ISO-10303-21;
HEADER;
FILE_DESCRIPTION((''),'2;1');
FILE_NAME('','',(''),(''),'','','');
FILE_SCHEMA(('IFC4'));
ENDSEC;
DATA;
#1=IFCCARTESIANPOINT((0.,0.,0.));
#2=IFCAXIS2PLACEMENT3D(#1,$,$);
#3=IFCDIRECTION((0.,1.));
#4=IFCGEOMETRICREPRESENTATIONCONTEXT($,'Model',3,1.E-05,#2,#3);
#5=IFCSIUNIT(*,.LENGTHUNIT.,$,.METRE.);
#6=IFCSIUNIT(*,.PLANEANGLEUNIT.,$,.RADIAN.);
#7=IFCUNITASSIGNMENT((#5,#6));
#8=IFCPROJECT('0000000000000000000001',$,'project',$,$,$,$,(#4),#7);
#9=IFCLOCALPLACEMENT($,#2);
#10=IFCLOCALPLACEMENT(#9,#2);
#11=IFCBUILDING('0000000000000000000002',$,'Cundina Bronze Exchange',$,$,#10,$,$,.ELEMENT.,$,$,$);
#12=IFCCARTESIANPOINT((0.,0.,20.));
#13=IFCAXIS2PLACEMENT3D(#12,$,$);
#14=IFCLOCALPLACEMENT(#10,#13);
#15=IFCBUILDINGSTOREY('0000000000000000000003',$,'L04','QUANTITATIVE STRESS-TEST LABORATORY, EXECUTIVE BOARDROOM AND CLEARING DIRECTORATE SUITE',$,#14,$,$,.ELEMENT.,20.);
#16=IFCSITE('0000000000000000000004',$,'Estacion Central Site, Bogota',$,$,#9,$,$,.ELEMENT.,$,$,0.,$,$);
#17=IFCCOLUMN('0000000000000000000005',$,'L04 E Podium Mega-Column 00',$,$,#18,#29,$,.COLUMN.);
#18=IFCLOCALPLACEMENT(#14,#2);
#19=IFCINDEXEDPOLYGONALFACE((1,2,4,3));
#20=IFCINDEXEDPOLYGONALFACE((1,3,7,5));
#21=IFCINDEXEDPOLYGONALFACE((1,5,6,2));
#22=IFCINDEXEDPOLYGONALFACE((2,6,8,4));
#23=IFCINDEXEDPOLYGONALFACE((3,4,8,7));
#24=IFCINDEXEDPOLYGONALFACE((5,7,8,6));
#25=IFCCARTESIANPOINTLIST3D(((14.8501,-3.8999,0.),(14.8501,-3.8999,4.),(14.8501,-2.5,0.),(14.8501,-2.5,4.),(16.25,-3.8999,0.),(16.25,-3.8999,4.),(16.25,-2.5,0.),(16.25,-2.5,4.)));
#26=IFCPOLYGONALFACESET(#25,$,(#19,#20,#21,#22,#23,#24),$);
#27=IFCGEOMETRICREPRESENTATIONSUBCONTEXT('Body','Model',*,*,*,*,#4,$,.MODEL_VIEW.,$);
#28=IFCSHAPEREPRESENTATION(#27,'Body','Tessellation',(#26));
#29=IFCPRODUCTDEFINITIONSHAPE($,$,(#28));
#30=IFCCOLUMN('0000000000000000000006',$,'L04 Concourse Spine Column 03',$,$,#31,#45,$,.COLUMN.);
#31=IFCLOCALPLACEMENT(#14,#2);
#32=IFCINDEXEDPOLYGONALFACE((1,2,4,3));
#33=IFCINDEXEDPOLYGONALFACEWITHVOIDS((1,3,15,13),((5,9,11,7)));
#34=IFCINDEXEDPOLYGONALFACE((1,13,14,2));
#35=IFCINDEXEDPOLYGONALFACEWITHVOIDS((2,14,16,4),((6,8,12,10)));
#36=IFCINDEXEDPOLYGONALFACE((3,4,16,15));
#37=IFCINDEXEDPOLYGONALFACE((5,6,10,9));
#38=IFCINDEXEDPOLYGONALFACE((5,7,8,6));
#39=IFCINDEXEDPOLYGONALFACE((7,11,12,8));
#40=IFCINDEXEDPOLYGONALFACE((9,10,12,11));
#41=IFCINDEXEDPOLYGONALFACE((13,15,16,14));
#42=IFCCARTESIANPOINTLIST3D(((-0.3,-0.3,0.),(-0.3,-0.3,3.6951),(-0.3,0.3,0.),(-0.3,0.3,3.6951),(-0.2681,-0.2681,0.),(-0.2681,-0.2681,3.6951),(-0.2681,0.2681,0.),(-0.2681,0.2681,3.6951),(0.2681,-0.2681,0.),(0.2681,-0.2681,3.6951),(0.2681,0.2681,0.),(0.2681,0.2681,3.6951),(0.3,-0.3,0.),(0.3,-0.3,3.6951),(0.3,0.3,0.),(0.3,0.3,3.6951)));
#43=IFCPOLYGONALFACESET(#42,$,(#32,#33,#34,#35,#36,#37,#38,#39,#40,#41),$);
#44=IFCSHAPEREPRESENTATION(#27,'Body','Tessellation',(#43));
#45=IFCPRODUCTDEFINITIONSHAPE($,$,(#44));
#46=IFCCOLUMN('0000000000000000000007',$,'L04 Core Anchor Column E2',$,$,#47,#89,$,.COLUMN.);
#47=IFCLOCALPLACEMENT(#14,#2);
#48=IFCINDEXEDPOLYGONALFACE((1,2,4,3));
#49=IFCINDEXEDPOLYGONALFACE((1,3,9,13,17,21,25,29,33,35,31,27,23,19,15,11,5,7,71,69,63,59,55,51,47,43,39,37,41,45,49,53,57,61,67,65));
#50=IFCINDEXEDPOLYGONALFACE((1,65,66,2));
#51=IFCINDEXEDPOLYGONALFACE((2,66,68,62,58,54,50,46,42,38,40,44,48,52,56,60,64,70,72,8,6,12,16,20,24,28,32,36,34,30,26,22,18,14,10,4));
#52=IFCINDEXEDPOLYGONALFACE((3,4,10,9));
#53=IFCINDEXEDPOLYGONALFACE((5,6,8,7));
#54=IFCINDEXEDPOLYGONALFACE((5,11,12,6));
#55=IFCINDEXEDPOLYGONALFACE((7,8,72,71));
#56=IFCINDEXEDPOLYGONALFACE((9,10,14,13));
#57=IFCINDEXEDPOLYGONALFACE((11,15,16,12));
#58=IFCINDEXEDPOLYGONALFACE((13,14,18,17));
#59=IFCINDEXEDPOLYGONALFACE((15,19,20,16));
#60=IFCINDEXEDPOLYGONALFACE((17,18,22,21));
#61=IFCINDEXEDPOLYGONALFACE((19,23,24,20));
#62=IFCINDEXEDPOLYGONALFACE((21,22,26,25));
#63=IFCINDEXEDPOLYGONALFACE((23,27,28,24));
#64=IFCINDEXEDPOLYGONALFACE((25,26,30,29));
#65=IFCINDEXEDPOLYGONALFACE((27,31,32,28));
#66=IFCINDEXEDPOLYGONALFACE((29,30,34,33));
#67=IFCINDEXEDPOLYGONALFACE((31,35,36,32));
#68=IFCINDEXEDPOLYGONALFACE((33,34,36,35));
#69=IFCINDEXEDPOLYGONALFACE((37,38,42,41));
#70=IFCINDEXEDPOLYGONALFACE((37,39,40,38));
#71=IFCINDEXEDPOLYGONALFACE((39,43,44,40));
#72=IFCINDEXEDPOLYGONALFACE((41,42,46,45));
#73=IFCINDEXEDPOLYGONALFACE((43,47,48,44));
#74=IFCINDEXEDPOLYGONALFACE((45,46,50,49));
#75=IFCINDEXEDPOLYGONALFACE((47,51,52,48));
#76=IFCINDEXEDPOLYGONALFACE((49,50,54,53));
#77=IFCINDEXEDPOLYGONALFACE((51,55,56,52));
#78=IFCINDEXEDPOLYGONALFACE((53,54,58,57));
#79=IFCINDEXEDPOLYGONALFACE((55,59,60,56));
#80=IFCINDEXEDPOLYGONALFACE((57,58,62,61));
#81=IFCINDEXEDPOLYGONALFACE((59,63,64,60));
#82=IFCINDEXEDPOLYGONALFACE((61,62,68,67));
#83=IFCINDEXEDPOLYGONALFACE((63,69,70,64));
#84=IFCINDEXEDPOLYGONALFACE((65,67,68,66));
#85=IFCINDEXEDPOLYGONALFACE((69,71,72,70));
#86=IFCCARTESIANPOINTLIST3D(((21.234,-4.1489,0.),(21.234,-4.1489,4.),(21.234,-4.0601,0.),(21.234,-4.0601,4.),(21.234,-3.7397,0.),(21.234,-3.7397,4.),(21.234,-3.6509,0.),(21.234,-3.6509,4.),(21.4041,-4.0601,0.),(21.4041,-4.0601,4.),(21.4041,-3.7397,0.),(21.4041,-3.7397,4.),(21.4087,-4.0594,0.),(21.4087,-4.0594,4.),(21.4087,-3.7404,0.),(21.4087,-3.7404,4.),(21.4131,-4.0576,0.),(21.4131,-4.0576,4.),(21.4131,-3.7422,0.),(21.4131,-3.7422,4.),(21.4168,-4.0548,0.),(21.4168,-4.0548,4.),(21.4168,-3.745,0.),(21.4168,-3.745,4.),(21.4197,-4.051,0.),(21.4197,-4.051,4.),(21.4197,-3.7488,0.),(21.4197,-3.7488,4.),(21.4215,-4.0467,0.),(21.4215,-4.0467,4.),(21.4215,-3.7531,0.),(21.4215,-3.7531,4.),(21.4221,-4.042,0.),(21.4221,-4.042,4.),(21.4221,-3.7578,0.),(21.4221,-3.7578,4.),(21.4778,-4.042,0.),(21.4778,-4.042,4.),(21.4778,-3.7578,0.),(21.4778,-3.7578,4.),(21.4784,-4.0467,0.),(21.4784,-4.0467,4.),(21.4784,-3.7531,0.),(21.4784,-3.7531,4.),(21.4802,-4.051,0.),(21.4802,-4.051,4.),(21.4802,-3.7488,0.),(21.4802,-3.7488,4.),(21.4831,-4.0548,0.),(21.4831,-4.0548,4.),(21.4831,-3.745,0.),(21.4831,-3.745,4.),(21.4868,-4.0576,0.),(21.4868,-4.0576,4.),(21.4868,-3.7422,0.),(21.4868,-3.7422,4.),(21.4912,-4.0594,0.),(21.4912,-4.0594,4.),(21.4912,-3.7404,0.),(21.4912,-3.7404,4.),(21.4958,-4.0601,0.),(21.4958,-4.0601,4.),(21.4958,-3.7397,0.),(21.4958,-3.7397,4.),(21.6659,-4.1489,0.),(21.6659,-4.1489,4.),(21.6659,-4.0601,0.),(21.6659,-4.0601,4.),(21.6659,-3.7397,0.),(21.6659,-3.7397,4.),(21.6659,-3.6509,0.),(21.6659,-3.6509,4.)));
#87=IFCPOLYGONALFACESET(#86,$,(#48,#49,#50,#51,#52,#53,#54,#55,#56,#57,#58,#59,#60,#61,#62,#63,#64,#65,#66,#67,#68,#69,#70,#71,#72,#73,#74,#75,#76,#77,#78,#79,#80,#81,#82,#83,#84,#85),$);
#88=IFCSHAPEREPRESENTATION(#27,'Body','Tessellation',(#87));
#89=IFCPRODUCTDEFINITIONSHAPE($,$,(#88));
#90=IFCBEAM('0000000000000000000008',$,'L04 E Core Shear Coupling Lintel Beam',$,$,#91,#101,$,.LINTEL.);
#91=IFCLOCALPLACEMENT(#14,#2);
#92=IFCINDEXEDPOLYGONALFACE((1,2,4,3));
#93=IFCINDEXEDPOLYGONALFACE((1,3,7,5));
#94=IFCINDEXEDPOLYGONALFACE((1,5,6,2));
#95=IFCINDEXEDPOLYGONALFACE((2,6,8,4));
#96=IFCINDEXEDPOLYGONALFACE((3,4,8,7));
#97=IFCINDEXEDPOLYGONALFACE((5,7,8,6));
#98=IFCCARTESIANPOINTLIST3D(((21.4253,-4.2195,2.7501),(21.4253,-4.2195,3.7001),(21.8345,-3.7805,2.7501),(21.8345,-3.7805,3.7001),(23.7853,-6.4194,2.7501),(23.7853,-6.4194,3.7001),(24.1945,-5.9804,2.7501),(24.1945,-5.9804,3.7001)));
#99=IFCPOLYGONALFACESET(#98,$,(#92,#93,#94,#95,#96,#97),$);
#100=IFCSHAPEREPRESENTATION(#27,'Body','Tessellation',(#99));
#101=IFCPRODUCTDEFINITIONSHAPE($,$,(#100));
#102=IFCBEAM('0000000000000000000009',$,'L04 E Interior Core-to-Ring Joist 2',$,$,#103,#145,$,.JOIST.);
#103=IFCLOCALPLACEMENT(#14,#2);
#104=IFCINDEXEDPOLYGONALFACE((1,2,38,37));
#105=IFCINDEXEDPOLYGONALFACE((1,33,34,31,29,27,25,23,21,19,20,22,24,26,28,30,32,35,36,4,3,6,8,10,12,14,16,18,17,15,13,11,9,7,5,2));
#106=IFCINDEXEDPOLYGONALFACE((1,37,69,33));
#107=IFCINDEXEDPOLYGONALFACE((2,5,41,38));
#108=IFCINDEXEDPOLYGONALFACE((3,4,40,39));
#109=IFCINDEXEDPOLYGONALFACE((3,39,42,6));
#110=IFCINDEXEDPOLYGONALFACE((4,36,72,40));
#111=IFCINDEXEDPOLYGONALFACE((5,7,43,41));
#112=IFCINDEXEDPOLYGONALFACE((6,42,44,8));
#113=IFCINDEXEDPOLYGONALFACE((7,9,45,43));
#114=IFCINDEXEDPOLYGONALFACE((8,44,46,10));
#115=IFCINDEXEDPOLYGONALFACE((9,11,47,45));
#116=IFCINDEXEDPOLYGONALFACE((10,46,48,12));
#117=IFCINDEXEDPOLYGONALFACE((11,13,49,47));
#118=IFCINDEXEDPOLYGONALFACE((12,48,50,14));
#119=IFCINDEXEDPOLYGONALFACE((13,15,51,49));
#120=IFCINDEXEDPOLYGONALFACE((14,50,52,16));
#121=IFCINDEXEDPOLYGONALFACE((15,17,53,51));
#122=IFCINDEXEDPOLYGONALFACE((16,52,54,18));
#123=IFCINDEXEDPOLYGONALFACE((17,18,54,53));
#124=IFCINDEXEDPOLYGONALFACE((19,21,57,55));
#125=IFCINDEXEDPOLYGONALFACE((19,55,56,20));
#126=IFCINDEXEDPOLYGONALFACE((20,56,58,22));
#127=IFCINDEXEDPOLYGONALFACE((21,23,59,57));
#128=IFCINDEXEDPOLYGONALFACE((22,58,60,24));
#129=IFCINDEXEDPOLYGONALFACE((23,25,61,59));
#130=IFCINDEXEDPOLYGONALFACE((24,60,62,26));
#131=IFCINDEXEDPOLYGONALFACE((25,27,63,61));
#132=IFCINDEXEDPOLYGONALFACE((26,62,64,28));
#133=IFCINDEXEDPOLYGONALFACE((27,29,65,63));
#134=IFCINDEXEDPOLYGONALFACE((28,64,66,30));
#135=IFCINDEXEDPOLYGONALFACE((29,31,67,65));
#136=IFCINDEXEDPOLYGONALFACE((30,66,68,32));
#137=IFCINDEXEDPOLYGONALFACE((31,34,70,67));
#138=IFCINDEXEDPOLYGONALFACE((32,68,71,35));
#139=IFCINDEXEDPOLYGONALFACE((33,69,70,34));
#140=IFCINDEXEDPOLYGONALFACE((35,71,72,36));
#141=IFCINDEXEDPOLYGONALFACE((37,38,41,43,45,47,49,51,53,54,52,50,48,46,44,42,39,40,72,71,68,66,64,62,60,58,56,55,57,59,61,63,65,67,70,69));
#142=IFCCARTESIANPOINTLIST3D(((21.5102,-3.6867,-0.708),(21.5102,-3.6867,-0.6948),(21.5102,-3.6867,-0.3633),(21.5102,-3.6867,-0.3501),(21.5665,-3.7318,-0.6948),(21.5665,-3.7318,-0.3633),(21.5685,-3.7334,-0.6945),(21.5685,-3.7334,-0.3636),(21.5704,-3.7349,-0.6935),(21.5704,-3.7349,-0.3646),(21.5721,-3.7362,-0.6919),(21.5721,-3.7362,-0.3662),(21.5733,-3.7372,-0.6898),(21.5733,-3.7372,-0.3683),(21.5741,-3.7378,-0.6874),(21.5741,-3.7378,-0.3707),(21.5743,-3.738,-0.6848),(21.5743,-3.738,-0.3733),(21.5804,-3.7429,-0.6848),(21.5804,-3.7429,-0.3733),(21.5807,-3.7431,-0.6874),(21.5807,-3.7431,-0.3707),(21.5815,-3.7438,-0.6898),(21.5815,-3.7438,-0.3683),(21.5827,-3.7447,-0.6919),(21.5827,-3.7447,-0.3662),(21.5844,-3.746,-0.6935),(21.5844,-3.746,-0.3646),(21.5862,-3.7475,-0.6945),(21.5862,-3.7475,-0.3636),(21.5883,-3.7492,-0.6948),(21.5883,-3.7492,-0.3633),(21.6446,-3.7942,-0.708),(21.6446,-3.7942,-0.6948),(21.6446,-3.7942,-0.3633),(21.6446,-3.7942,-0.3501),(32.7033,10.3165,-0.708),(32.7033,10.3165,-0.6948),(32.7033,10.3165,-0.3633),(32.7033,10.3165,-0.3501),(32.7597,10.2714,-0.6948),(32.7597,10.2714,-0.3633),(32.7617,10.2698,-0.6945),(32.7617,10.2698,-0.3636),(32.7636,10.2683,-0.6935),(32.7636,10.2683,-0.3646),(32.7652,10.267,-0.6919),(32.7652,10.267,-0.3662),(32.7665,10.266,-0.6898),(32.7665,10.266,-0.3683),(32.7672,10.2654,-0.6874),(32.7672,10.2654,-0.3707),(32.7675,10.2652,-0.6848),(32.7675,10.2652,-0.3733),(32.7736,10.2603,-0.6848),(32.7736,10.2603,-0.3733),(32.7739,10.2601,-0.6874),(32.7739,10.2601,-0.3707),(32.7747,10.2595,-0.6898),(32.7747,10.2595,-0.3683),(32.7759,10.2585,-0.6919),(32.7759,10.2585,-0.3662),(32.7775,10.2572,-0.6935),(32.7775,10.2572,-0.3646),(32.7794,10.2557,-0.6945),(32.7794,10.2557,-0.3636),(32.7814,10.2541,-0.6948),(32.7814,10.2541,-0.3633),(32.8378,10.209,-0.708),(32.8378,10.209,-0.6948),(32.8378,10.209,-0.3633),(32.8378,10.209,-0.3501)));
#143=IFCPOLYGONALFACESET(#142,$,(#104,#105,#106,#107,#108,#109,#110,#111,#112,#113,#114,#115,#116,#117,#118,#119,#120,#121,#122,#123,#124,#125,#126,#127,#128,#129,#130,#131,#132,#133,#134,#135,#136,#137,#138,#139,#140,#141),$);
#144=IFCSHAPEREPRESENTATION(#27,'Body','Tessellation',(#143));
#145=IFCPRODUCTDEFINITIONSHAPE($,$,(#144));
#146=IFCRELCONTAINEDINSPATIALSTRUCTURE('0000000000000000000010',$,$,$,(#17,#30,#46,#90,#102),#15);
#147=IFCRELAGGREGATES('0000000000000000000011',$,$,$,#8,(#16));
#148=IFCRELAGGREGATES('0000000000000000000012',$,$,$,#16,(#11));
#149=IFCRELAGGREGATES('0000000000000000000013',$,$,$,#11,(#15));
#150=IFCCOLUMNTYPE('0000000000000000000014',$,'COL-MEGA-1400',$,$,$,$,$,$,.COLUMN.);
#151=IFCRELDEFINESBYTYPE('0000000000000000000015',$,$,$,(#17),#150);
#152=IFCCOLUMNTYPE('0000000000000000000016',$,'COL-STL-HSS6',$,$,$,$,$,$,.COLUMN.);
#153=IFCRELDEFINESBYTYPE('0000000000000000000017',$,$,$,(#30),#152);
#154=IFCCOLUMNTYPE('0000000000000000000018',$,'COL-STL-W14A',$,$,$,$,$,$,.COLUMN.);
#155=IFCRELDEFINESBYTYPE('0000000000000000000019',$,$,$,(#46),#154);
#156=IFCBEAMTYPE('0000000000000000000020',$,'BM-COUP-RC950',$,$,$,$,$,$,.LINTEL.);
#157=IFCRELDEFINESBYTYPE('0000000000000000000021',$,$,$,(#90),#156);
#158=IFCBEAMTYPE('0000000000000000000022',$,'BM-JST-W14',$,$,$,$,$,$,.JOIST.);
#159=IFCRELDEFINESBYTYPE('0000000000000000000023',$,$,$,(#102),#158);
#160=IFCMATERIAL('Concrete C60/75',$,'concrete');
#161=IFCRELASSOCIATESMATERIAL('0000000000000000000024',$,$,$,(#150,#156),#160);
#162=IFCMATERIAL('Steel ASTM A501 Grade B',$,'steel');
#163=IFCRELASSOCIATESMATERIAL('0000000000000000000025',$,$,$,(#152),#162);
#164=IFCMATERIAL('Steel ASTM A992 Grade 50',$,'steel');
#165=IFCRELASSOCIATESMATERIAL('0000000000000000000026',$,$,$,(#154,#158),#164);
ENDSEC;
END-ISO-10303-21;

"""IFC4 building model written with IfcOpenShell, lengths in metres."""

from ifc_helpers import new_model, si_unit, direction, frame, origin, origin_with_axes, origin_2d, place, context, subcontext, project, spatial, rectangle, hollow_rectangle, i_section, extrude, material, material_profile, profile_set, type_object, element, save


model = new_model("IFC4")

# Units and contexts
model_context = context("Model", 3, precision=1e-05, world=origin(), true_north=direction((0.0, 1.0)))
body_context = subcontext(model_context, "Body", "Model", "MODEL_VIEW")
ifc_project = project(units=[si_unit("LENGTHUNIT", "METRE"), si_unit("PLANEANGLEUNIT", "RADIAN")], contexts=[model_context])

# Site, building, storey
site_placement = place(None, origin())
site = spatial("IfcSite", under=ifc_project, at=site_placement, Name="Estacion Central Site, Bogota", CompositionType="ELEMENT", RefElevation=0.0)
building_placement = place(site_placement, origin())
building = spatial("IfcBuilding", under=site, at=building_placement, Name="Cundina Bronze Exchange", CompositionType="ELEMENT")
storey_placement = place(building_placement, frame((0.0, 0.0, 20.0)))
storey = spatial("IfcBuildingStorey", under=building, at=storey_placement, Name="L04", Description="QUANTITATIVE STRESS-TEST LABORATORY, EXECUTIVE BOARDROOM AND CLEARING DIRECTORATE SUITE", CompositionType="ELEMENT", Elevation=20.0)

# Columns
ifc_material_1 = material(Name="Concrete C60/75", Category="concrete")
ifc_material_profile_1 = material_profile(ifc_material_1, rectangle(XDim=1.3999, YDim=1.3999, at=origin_2d()), Name="RC1400X1400", Category="concrete")
ifc_profile_set_1 = profile_set([ifc_material_profile_1], Name="Concrete C60/75")
column_type_1 = type_object("IfcColumnType", Name="COL-MEGA-1400", PredefinedType="COLUMN", material=ifc_profile_set_1)
column_1_placement = place(storey_placement, frame((15.55, -3.2, 0.0), z_axis=(0.0, 0.0, 1.0), x_axis=(1.0, 0.0, 0.0)))
element("IfcColumn", 1, at=column_1_placement, inside=storey, type_object=column_type_1, Name="L04 E Podium Mega-Column 00", PredefinedType="COLUMN", context=body_context, shape_type="SweptSolid", body=[
    extrude(rectangle(XDim=1.3999, YDim=1.3999, at=origin_2d()), origin(), (0.0, 0.0, 1.0), 4.0),
])
ifc_material_2 = material(Name="Steel ASTM A501 Grade B", Category="steel")
ifc_material_profile_2 = material_profile(ifc_material_2, hollow_rectangle(XDim=0.6001, YDim=0.6001, WallThickness=0.032, at=origin_2d()), Name="HSS600X600X32", Category="steel")
ifc_profile_set_2 = profile_set([ifc_material_profile_2], Name="Steel ASTM A501 Grade B")
column_type_2 = type_object("IfcColumnType", Name="COL-STL-HSS6", PredefinedType="COLUMN", material=ifc_profile_set_2)
column_2_placement = place(storey_placement, origin_with_axes())
element("IfcColumn", 2, at=column_2_placement, inside=storey, type_object=column_type_2, Name="L04 Concourse Spine Column 03", PredefinedType="COLUMN", context=body_context, shape_type="SweptSolid", body=[
    extrude(hollow_rectangle(XDim=0.6001, YDim=0.6001, WallThickness=0.032, at=origin_2d()), origin(), (0.0, 0.0, 1.0), 3.6951),
])
ifc_material_3 = material(Name="Steel ASTM A992 Grade 50", Category="steel")
ifc_material_profile_3 = material_profile(ifc_material_3, i_section(OverallWidth=0.4319, OverallDepth=0.498, WebThickness=0.0557, FlangeThickness=0.0889, FilletRadius=0.0181, at=origin_2d()), Name="W14X500", Category="steel")
ifc_profile_set_3 = profile_set([ifc_material_profile_3], Name="Steel ASTM A992 Grade 50")
column_type_3 = type_object("IfcColumnType", Name="COL-STL-W14A", PredefinedType="COLUMN", material=ifc_profile_set_3)
column_3_placement = place(storey_placement, frame((21.45, -3.8999, 0.0), z_axis=(0.0, 0.0, 1.0), x_axis=(1.0, 0.0, 0.0)))
element("IfcColumn", 3, at=column_3_placement, inside=storey, type_object=column_type_3, Name="L04 Core Anchor Column E2", PredefinedType="COLUMN", context=body_context, shape_type="SweptSolid", body=[
    extrude(i_section(OverallWidth=0.4319, OverallDepth=0.498, WebThickness=0.0557, FlangeThickness=0.0889, FilletRadius=0.0181, at=origin_2d()), origin(), (0.0, 0.0, 1.0), 4.0),
])

# Beams
ifc_material_profile_4 = material_profile(ifc_material_1, rectangle(XDim=0.6001, YDim=0.95, at=origin_2d()), Name="RC600X950", Category="concrete")
ifc_profile_set_4 = profile_set([ifc_material_profile_4], Name="Concrete C60/75")
beam_type_1 = type_object("IfcBeamType", Name="BM-COUP-RC950", PredefinedType="LINTEL", material=ifc_profile_set_4)
beam_1_placement = place(storey_placement, frame((21.6299, -4.0, 3.2251), z_axis=(0.73149, -0.681852, 0.0), x_axis=(0.681852, 0.73149, 0.0)))
element("IfcBeam", 4, at=beam_1_placement, inside=storey, type_object=beam_type_1, Name="L04 E Core Shear Coupling Lintel Beam", PredefinedType="LINTEL", context=body_context, shape_type="SweptSolid", body=[
    extrude(rectangle(XDim=0.6001, YDim=0.95, at=origin_2d()), origin(), (0.0, 0.0, 1.0), 3.2263),
])
ifc_material_profile_5 = material_profile(ifc_material_3, i_section(OverallWidth=0.1721, OverallDepth=0.3579, WebThickness=0.0078, FlangeThickness=0.0132, FilletRadius=0.01, at=origin_2d()), Name="W14X38", Category="steel")
ifc_profile_set_5 = profile_set([ifc_material_profile_5], Name="Steel ASTM A992 Grade 50")
beam_type_2 = type_object("IfcBeamType", Name="BM-JST-W14", PredefinedType="JOIST", material=ifc_profile_set_5)
beam_2_placement = place(storey_placement, frame((21.5774, -3.7405, -0.5291), z_axis=(0.624374, 0.781125, 0.0), x_axis=(-0.781125, 0.624374, 0.0)))
element("IfcBeam", 5, at=beam_2_placement, inside=storey, type_object=beam_type_2, Name="L04 E Interior Core-to-Ring Joist 2", PredefinedType="JOIST", context=body_context, shape_type="SweptSolid", body=[
    extrude(i_section(OverallWidth=0.1721, OverallDepth=0.3579, WebThickness=0.0078, FlangeThickness=0.0132, FilletRadius=0.01, at=origin_2d()), origin(), (0.0, 0.0, 1.0), 17.927),
])

save(model, "model.ifc")
